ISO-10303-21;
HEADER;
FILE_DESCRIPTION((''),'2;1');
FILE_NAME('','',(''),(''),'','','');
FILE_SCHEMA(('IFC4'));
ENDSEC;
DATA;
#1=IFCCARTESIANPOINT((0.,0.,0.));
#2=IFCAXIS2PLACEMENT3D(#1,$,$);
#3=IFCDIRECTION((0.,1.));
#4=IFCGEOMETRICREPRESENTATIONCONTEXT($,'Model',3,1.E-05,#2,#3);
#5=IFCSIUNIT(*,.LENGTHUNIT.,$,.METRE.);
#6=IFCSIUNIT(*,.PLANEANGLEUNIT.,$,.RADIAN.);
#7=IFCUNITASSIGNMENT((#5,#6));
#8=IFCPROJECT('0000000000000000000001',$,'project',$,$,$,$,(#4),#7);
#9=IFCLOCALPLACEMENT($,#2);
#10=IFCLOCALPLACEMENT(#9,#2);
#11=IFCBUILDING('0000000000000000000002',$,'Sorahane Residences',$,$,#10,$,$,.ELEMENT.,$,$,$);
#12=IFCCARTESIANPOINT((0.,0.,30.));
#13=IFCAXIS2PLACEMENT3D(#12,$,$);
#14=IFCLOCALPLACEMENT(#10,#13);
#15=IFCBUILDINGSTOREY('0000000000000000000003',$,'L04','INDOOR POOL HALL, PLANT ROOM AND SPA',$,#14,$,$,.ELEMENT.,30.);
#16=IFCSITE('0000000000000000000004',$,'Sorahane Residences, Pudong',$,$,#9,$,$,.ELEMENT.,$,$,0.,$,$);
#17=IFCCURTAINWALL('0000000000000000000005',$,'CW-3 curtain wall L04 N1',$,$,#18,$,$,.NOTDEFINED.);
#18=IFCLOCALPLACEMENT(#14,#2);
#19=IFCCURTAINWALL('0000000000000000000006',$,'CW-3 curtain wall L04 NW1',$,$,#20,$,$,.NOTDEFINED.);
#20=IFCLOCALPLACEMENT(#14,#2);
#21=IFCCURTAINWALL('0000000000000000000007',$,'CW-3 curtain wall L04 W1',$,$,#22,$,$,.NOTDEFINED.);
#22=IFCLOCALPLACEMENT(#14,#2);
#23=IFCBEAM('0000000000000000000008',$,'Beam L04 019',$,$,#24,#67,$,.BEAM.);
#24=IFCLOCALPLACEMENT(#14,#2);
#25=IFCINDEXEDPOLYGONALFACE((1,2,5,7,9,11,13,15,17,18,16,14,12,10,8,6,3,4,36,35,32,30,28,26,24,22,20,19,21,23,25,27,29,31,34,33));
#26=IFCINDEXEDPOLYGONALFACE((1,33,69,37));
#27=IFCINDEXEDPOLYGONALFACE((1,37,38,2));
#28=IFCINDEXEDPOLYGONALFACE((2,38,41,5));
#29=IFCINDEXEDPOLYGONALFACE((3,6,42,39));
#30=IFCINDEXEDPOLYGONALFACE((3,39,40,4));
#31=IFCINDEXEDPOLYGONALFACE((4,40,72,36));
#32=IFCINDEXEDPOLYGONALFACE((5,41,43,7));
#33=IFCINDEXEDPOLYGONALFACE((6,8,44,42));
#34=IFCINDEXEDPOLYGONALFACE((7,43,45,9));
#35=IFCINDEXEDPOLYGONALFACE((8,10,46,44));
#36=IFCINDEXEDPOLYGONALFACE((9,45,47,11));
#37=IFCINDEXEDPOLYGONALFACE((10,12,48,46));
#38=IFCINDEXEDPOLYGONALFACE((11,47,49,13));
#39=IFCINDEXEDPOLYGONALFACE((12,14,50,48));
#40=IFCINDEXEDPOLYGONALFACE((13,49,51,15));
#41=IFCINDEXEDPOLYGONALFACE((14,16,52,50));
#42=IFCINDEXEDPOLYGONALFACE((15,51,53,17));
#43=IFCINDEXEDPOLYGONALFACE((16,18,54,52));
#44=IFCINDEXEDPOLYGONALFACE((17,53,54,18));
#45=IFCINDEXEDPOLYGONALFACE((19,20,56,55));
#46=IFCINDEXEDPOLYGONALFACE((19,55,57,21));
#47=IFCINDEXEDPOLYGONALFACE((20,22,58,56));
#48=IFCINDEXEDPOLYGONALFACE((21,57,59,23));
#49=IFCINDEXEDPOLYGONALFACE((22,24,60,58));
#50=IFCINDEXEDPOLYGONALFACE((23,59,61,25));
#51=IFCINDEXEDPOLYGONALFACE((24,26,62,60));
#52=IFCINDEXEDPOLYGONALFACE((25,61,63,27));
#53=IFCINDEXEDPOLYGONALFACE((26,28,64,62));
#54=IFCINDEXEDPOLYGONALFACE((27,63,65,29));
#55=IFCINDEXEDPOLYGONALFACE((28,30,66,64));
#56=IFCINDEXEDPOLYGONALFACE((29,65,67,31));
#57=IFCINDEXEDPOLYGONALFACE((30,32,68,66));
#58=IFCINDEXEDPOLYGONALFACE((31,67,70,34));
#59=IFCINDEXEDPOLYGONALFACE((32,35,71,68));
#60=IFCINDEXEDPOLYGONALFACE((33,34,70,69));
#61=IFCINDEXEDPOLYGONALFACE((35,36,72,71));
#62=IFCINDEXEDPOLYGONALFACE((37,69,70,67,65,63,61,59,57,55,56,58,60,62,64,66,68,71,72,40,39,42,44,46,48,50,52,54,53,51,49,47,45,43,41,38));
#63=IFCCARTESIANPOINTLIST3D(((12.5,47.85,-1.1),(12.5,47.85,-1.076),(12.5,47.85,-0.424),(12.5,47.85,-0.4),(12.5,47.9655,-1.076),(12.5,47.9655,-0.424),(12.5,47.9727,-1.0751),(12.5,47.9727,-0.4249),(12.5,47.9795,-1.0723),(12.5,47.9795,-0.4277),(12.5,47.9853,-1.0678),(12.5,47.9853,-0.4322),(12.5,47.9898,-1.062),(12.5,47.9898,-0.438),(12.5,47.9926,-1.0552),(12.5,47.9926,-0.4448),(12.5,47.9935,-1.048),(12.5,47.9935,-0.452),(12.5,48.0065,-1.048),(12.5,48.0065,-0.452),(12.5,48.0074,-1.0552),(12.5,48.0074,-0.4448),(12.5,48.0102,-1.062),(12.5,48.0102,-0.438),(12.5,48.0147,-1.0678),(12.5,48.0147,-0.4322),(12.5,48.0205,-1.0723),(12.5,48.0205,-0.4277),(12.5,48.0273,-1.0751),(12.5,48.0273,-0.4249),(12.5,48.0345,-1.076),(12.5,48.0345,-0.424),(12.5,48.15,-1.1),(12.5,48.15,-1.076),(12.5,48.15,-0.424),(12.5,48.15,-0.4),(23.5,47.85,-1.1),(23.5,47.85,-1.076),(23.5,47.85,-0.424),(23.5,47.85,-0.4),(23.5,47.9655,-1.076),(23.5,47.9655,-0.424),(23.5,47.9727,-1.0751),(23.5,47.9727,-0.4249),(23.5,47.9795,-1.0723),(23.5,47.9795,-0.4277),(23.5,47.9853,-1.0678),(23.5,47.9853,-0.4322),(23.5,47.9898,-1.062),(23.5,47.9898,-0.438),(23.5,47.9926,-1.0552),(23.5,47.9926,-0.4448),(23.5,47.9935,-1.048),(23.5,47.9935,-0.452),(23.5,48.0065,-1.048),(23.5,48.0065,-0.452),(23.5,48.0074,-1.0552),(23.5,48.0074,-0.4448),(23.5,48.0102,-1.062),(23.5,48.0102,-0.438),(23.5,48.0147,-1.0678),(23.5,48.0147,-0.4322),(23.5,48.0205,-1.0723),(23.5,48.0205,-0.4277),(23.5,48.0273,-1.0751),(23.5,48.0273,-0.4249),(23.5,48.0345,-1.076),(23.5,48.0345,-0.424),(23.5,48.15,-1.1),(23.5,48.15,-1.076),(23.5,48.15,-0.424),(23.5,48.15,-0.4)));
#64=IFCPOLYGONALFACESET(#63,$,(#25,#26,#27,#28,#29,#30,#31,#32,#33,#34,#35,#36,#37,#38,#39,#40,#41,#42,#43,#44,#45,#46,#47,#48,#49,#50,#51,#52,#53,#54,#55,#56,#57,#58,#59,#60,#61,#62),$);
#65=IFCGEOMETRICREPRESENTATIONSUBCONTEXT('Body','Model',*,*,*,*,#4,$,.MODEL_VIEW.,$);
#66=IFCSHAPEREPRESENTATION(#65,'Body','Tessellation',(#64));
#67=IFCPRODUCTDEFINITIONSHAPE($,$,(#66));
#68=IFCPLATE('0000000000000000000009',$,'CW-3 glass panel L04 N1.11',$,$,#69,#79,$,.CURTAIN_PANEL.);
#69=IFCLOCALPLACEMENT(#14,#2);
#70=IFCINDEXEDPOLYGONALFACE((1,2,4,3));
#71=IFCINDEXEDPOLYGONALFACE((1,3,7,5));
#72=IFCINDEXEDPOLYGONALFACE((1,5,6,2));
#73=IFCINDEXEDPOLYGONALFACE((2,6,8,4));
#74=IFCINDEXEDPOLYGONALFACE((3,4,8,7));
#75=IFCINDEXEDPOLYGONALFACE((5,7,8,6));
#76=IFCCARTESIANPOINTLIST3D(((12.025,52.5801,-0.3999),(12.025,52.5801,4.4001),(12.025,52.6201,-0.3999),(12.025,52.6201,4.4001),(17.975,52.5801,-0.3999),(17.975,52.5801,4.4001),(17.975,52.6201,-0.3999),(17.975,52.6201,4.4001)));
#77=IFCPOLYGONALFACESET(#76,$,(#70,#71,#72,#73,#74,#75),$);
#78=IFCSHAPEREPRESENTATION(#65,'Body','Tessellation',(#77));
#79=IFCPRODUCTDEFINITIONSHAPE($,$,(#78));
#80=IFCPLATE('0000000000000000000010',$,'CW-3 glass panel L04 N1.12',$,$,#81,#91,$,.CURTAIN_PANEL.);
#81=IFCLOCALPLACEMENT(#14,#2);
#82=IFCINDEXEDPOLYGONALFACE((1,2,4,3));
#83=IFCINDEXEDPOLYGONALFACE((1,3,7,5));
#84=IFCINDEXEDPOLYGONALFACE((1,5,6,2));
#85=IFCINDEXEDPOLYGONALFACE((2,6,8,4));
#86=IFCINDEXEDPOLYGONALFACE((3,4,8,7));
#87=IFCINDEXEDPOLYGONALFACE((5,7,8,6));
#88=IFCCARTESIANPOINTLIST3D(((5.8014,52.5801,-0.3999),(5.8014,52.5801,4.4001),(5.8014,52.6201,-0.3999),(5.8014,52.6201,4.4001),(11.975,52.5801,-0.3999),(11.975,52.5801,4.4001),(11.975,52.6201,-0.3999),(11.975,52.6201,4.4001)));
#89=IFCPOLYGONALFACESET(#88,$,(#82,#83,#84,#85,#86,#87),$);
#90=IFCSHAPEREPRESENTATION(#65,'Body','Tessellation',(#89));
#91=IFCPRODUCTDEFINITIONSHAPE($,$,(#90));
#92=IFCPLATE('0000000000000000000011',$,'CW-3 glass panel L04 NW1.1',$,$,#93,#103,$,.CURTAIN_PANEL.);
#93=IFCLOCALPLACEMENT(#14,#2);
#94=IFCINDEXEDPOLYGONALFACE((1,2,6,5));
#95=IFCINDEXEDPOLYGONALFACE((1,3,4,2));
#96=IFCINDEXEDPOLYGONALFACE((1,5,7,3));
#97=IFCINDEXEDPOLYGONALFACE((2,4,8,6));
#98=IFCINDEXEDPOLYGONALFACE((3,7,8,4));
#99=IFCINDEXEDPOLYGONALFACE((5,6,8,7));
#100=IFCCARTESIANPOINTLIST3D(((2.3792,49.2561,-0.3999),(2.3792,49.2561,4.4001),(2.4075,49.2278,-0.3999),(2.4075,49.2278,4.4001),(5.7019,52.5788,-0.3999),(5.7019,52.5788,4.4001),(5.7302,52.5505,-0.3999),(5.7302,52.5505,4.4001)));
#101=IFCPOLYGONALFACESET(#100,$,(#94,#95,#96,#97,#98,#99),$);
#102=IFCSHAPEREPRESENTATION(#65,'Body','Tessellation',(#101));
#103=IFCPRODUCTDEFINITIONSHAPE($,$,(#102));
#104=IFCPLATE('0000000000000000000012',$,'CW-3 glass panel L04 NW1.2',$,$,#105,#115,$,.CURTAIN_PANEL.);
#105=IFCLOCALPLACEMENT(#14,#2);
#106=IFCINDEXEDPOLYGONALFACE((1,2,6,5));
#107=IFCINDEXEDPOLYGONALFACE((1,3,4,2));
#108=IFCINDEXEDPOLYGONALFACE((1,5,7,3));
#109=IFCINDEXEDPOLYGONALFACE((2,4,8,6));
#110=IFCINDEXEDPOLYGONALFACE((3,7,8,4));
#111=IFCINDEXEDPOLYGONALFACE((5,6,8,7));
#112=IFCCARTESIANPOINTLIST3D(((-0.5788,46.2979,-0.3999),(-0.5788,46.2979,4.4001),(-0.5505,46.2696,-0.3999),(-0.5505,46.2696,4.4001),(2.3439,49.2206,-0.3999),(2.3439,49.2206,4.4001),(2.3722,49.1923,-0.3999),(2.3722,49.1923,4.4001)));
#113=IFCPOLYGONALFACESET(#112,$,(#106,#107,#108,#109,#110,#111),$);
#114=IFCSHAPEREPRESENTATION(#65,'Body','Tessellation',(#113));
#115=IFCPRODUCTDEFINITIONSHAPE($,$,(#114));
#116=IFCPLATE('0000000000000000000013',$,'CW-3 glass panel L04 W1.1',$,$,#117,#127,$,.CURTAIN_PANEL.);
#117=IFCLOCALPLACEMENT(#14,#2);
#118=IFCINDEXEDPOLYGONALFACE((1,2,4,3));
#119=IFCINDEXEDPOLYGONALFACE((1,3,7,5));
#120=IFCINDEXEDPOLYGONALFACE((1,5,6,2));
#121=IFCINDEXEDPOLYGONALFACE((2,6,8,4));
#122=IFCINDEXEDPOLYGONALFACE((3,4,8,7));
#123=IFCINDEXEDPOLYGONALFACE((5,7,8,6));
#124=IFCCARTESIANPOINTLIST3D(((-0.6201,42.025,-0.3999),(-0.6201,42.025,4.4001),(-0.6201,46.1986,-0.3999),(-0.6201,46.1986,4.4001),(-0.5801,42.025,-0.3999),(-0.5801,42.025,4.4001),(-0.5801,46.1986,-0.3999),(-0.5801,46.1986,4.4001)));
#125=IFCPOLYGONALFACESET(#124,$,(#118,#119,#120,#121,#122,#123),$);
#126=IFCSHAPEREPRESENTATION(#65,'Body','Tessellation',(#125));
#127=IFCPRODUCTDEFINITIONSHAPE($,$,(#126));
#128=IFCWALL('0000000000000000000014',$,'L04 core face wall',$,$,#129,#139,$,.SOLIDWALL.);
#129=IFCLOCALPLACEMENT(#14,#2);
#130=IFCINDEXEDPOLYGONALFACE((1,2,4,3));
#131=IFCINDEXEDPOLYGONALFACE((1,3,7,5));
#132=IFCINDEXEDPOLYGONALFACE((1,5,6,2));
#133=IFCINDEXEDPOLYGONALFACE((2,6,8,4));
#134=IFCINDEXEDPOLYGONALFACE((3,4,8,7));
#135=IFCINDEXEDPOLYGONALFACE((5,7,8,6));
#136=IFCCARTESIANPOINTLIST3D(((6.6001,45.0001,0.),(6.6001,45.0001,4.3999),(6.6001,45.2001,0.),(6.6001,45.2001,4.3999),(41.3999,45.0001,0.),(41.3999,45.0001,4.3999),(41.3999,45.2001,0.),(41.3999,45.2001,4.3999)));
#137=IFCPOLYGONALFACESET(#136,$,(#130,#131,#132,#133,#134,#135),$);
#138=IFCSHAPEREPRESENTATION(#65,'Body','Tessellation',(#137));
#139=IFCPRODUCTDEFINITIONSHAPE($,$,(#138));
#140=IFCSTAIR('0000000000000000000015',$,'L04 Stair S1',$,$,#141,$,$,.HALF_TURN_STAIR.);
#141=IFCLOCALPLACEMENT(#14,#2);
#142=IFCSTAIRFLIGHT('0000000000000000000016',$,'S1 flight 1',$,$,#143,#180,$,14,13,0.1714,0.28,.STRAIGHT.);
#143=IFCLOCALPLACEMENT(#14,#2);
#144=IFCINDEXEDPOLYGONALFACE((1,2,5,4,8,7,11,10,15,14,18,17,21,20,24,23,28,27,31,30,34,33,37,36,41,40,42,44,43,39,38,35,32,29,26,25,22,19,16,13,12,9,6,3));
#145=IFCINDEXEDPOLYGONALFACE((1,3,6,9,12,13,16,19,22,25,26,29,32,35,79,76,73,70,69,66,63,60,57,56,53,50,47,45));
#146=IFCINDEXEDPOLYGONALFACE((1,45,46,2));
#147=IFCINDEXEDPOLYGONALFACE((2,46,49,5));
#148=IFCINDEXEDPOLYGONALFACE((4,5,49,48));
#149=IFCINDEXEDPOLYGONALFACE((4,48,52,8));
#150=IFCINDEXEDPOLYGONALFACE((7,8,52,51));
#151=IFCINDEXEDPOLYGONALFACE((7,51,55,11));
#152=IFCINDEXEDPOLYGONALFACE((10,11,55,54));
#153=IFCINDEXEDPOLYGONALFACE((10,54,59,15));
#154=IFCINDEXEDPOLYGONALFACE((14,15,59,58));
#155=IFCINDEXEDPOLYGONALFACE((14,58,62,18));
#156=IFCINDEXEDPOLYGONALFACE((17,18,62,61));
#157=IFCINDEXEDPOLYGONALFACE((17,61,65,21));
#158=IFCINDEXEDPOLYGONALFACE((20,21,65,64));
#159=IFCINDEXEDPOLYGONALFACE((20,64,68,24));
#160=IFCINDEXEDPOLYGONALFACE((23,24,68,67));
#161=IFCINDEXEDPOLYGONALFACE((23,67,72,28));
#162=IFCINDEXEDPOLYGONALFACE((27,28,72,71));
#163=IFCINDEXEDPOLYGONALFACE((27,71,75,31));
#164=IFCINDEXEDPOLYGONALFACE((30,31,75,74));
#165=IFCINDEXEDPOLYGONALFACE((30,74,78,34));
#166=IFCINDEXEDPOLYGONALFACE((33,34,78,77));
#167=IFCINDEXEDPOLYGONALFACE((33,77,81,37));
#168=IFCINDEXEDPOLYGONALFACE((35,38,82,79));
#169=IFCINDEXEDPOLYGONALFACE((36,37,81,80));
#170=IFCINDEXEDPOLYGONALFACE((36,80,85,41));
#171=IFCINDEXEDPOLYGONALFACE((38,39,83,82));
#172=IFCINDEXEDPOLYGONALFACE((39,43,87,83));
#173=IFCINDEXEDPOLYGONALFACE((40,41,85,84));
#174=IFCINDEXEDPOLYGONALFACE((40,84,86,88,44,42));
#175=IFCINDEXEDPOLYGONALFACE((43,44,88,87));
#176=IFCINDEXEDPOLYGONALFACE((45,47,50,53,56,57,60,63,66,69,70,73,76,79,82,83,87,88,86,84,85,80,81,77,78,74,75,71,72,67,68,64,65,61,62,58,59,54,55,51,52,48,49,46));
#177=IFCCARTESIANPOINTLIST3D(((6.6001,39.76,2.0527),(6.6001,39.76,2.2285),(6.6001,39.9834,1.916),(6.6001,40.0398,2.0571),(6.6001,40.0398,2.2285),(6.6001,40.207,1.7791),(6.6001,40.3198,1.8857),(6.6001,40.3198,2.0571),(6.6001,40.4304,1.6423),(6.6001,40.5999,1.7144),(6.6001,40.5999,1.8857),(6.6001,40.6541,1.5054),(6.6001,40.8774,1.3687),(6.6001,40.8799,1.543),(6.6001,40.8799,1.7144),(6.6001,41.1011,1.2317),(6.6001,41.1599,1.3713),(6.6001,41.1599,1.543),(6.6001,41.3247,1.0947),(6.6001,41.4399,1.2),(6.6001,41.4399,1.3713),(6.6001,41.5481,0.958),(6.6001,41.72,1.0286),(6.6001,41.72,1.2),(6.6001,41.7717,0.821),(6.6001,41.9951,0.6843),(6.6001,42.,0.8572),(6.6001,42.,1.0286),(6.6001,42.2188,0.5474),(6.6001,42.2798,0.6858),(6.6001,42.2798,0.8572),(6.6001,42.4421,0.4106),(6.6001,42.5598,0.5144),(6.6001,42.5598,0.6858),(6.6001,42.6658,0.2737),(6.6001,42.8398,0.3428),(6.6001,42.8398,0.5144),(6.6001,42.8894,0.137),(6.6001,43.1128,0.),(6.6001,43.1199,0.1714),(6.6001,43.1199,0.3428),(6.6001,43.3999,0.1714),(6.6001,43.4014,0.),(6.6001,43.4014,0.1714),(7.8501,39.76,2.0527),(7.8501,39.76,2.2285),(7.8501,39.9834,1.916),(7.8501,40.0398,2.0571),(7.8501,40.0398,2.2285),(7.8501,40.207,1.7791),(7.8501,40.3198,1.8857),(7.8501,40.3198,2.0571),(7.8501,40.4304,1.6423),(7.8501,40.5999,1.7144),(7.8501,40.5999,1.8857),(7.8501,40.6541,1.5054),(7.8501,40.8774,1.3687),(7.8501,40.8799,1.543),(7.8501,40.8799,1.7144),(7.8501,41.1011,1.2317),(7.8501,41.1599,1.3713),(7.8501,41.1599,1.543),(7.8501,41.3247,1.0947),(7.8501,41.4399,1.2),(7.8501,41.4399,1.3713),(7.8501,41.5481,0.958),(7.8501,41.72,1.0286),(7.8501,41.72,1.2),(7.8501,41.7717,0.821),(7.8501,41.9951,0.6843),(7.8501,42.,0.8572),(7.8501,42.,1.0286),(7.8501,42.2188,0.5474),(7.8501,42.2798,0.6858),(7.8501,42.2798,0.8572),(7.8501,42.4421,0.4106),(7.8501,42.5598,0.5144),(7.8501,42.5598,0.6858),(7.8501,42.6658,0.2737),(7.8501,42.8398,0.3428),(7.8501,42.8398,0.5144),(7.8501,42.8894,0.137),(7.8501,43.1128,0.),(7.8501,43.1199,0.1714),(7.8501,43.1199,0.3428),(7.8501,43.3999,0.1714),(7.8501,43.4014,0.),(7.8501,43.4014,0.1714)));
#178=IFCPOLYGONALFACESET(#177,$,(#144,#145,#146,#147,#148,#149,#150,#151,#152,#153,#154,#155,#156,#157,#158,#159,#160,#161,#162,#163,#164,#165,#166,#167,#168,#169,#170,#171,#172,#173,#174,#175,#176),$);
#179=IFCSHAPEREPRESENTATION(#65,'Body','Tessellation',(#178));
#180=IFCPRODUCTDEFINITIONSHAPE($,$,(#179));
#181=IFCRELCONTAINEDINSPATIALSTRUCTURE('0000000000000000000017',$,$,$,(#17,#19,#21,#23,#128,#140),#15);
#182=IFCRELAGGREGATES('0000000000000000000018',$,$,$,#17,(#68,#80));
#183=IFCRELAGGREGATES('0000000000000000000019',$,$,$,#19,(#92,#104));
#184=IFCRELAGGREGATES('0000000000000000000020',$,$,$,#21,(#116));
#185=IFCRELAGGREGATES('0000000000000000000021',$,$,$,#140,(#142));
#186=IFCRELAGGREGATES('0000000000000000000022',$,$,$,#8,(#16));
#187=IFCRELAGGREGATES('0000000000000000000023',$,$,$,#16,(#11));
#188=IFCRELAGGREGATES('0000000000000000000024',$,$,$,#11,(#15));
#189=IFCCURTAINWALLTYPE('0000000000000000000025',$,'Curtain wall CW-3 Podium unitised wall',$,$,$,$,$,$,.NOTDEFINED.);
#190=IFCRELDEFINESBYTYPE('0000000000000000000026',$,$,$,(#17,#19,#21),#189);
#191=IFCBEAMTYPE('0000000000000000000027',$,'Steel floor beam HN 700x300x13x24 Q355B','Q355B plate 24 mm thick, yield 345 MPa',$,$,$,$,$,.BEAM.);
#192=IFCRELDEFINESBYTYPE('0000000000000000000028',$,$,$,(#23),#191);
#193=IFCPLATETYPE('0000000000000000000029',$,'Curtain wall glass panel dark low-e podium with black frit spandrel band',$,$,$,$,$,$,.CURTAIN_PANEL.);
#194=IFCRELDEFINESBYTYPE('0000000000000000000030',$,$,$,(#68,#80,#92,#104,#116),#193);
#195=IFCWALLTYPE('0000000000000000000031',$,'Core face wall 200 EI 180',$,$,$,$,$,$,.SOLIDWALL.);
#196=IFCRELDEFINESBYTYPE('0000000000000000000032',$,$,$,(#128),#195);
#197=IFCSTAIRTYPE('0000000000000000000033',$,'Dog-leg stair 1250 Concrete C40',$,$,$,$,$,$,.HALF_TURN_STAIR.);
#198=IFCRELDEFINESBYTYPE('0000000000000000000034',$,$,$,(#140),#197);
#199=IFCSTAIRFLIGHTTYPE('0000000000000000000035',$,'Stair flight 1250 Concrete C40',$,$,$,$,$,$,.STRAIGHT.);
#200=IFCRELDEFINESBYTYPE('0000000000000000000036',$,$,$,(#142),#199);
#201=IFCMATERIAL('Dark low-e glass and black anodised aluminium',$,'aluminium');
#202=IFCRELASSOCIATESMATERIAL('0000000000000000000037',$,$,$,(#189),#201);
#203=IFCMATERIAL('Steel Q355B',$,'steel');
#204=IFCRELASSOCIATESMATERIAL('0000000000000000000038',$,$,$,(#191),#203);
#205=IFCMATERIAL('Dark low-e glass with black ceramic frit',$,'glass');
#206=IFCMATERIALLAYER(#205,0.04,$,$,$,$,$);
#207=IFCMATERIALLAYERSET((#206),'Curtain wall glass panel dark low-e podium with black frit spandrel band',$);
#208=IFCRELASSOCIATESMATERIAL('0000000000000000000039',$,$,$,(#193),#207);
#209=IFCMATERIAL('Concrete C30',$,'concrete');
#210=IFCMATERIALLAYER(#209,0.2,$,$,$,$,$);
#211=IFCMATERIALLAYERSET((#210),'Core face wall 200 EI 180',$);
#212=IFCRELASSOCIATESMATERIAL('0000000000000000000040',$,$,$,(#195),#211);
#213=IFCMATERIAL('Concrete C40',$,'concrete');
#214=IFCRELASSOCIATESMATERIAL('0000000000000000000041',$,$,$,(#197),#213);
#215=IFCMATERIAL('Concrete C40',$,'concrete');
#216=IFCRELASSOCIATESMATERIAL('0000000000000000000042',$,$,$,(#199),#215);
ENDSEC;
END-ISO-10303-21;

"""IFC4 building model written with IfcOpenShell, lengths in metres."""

from ifc_helpers import new_model, si_unit, direction, frame, frame_2d, origin, origin_2d, place, context, subcontext, project, spatial, polyline, rectangle, i_section, outline, extrude, material, layer, layer_set, material_profile, profile_set, type_object, element, aggregate, save


model = new_model("IFC4")

# Units and contexts
model_context = context("Model", 3, precision=1e-05, world=origin(), true_north=direction((0.0, 1.0)))
body_context = subcontext(model_context, "Body", "Model", "MODEL_VIEW")
ifc_project = project(units=[si_unit("LENGTHUNIT", "METRE"), si_unit("PLANEANGLEUNIT", "RADIAN")], contexts=[model_context])

# Site, building, storey
site_placement = place(None, origin())
site = spatial("IfcSite", under=ifc_project, at=site_placement, Name="Sorahane Residences, Pudong", CompositionType="ELEMENT", RefElevation=0.0)
building_placement = place(site_placement, origin())
building = spatial("IfcBuilding", under=site, at=building_placement, Name="Sorahane Residences", CompositionType="ELEMENT")
storey_placement = place(building_placement, frame((0.0, 0.0, 30.0)))
storey = spatial("IfcBuildingStorey", under=building, at=storey_placement, Name="L04", Description="INDOOR POOL HALL, PLANT ROOM AND SPA", CompositionType="ELEMENT", Elevation=30.0)

# Curtain walls
ifc_material_1 = material(Name="Dark low-e glass and black anodised aluminium", Category="aluminium")
curtain_wall_type = type_object("IfcCurtainWallType", Name="Curtain wall CW-3 Podium unitised wall", PredefinedType="NOTDEFINED", material=ifc_material_1)
curtain_wall_1_placement = place(storey_placement, origin())
curtain_wall_1 = element("IfcCurtainWall", 1, at=curtain_wall_1_placement, inside=storey, type_object=curtain_wall_type, Name="CW-3 curtain wall L04 N1", PredefinedType="NOTDEFINED")
curtain_wall_2_placement = place(storey_placement, origin())
curtain_wall_2 = element("IfcCurtainWall", 2, at=curtain_wall_2_placement, inside=storey, type_object=curtain_wall_type, Name="CW-3 curtain wall L04 NW1", PredefinedType="NOTDEFINED")

# Curtain wall
curtain_wall_3_placement = place(storey_placement, origin())
curtain_wall_3 = element("IfcCurtainWall", 3, at=curtain_wall_3_placement, inside=storey, type_object=curtain_wall_type, Name="CW-3 curtain wall L04 W1", PredefinedType="NOTDEFINED")

# Beam
ifc_material_2 = material(Name="Steel Q355B", Category="steel")
ifc_material_profile_1 = material_profile(ifc_material_2, i_section(OverallWidth=0.3, OverallDepth=0.7, WebThickness=0.0129, FlangeThickness=0.0239, FilletRadius=0.0281, at=origin_2d()), Name="HN 700x300x13x24")
ifc_profile_set_1 = profile_set([ifc_material_profile_1], Name="Steel Q355B")
beam_type_1 = type_object("IfcBeamType", Name="Steel floor beam HN 700x300x13x24 Q355B", Description="Q355B plate 24 mm thick, yield 345 MPa", PredefinedType="BEAM", material=ifc_profile_set_1)
beam_1_placement = place(storey_placement, frame((12.5, 48.0, -0.75), z_axis=(1.0, 0.0, 0.0), x_axis=(0.0, 1.0, 0.0)))
element("IfcBeam", 4, at=beam_1_placement, inside=storey, type_object=beam_type_1, Name="Beam L04 019", PredefinedType="BEAM", context=body_context, shape_type="SweptSolid", body=[
    extrude(i_section(OverallWidth=0.3, OverallDepth=0.7, WebThickness=0.0129, FlangeThickness=0.0239, FilletRadius=0.0281, at=origin_2d()), origin(), (0.0, 0.0, 1.0), 11.0),
])

# Plates
ifc_material_3 = material(Name="Dark low-e glass with black ceramic frit", Category="glass")
ifc_layer_1 = layer(ifc_material_3, 0.04)
ifc_layer_set_1 = layer_set([ifc_layer_1], Name="Curtain wall glass panel dark low-e podium with black frit spandrel band")
plate_type = type_object("IfcPlateType", Name="Curtain wall glass panel dark low-e podium with black frit spandrel band", PredefinedType="CURTAIN_PANEL", material=ifc_layer_set_1)
plate_1_placement = place(storey_placement, frame((15.0, 52.6001, -0.3999), z_axis=(0.0, 0.0, 1.0), x_axis=(-1.0, 0.0, 0.0)))
plate_1 = element("IfcPlate", 5, at=plate_1_placement, type_object=plate_type, Name="CW-3 glass panel L04 N1.11", PredefinedType="CURTAIN_PANEL", context=body_context, shape_type="SweptSolid", body=[
    extrude(rectangle(XDim=5.95, YDim=0.04, at=origin_2d()), origin(), (0.0, 0.0, 1.0), 4.8),
])
plate_2_placement = place(storey_placement, frame((8.8882, 52.6001, -0.3999), z_axis=(0.0, 0.0, 1.0), x_axis=(-1.0, 0.0, 0.0)))
plate_2 = element("IfcPlate", 6, at=plate_2_placement, type_object=plate_type, Name="CW-3 glass panel L04 N1.12", PredefinedType="CURTAIN_PANEL", context=body_context, shape_type="SweptSolid", body=[
    extrude(rectangle(XDim=6.1736, YDim=0.04, at=origin_2d()), origin(), (0.0, 0.0, 1.0), 4.8),
])
aggregate(curtain_wall_1, [plate_1, plate_2])
plate_3_placement = place(storey_placement, frame((4.0547, 50.9033, -0.3999), z_axis=(0.0, 0.0, 1.0), x_axis=(-0.707107, -0.707107, 0.0)))
plate_3 = element("IfcPlate", 7, at=plate_3_placement, type_object=plate_type, Name="CW-3 glass panel L04 NW1.1", PredefinedType="CURTAIN_PANEL", context=body_context, shape_type="SweptSolid", body=[
    extrude(rectangle(XDim=4.699, YDim=0.04, at=origin_2d()), origin(), (0.0, 0.0, 1.0), 4.8),
])
plate_4_placement = place(storey_placement, frame((0.8967, 47.7451, -0.3999), z_axis=(0.0, 0.0, 1.0), x_axis=(-0.707107, -0.707107, 0.0)))
plate_4 = element("IfcPlate", 8, at=plate_4_placement, type_object=plate_type, Name="CW-3 glass panel L04 NW1.2", PredefinedType="CURTAIN_PANEL", context=body_context, shape_type="SweptSolid", body=[
    extrude(rectangle(XDim=4.1333, YDim=0.04, at=origin_2d()), origin(), (0.0, 0.0, 1.0), 4.8),
])
aggregate(curtain_wall_2, [plate_3, plate_4])
plate_5_placement = place(storey_placement, frame((-0.6001, 44.1118, -0.3999), z_axis=(0.0, 0.0, 1.0), x_axis=(0.0, -1.0, 0.0)))
plate_5 = element("IfcPlate", 9, at=plate_5_placement, type_object=plate_type, Name="CW-3 glass panel L04 W1.1", PredefinedType="CURTAIN_PANEL", context=body_context, shape_type="SweptSolid", body=[
    extrude(rectangle(XDim=4.1736, YDim=0.04, at=origin_2d()), origin(), (0.0, 0.0, 1.0), 4.8),
])
aggregate(curtain_wall_3, [plate_5])

# Wall
ifc_material_4 = material(Name="Concrete C30", Category="concrete")
ifc_layer_2 = layer(ifc_material_4, 0.2)
ifc_layer_set_2 = layer_set([ifc_layer_2], Name="Core face wall 200 EI 180")
wall_type = type_object("IfcWallType", Name="Core face wall 200 EI 180", PredefinedType="SOLIDWALL", material=ifc_layer_set_2)
wall_placement = place(storey_placement, frame((6.6001, 45.1001, 0.0), z_axis=(0.0, 0.0, 1.0), x_axis=(1.0, 0.0, 0.0)))
element("IfcWall", 10, at=wall_placement, inside=storey, type_object=wall_type, Name="L04 core face wall", PredefinedType="SOLIDWALL", context=body_context, shape_type="SweptSolid", body=[
    extrude(rectangle(XDim=34.7998, YDim=0.2, at=frame_2d((17.3999, 0.0))), origin(), (0.0, 0.0, 1.0), 4.3999),
])

# Stair, stair flight
ifc_material_5 = material(Name="Concrete C40", Category="concrete")
stair_type = type_object("IfcStairType", Name="Dog-leg stair 1250 Concrete C40", PredefinedType="HALF_TURN_STAIR", material=ifc_material_5)
stair_placement = place(storey_placement, origin())
stair = element("IfcStair", 11, at=stair_placement, inside=storey, type_object=stair_type, Name="L04 Stair S1", PredefinedType="HALF_TURN_STAIR")
ifc_material_6 = material(Name="Concrete C40", Category="concrete")
stair_flight_type = type_object("IfcStairFlightType", Name="Stair flight 1250 Concrete C40", PredefinedType="STRAIGHT", material=ifc_material_6)
stair_flight_placement = place(storey_placement, frame((7.2251, 43.3999, 0.0), z_axis=(0.0, 0.0, 1.0), x_axis=(0.0, -1.0, 0.0)))
stair_flight = element("IfcStairFlight", 12, at=stair_flight_placement, type_object=stair_flight_type, Name="S1 flight 1", NumberOfRisers=14, NumberOfTreads=13, PredefinedType="STRAIGHT", RiserHeight=0.1714, TreadLength=0.28, context=body_context, shape_type="SweptSolid", body=[
    extrude(outline(polyline([(-0.0015, 0.0), (-0.0015, 0.1714), (0.0, 0.1714), (0.28, 0.1714), (0.28, 0.3428), (0.5601, 0.3428), (0.5601, 0.5144), (0.8401, 0.5144), (0.8401, 0.6858), (1.1201, 0.6858), (1.1201, 0.8572), (1.3999, 0.8572), (1.3999, 1.0286), (1.6799, 1.0286), (1.6799, 1.2), (1.96, 1.2), (1.96, 1.3713), (2.24, 1.3713), (2.24, 1.543), (2.52, 1.543), (2.52, 1.7144), (2.8, 1.7144), (2.8, 1.8857), (3.0801, 1.8857), (3.0801, 2.0571), (3.3601, 2.0571), (3.3601, 2.2285), (3.6399, 2.2285), (3.6399, 2.3999), (3.6399, 2.0527), (3.4165, 1.916), (3.1929, 1.7791), (2.9695, 1.6423), (2.7458, 1.5054), (2.5225, 1.3687), (2.2988, 1.2317), (2.0752, 1.0947), (1.8518, 0.958), (1.6282, 0.821), (1.4048, 0.6843), (1.1812, 0.5474), (0.9578, 0.4106), (0.7341, 0.2737), (0.5105, 0.137), (0.2871, 0.0), (-0.0015, 0.0)])), frame((0.0, 0.625, 0.0), z_axis=(0.0, -1.0, 0.0), x_axis=(1.0, 0.0, 0.0)), (0.0, 0.0, 1.0), 1.25),
])
aggregate(stair, [stair_flight])

save(model, "model.ifc")
